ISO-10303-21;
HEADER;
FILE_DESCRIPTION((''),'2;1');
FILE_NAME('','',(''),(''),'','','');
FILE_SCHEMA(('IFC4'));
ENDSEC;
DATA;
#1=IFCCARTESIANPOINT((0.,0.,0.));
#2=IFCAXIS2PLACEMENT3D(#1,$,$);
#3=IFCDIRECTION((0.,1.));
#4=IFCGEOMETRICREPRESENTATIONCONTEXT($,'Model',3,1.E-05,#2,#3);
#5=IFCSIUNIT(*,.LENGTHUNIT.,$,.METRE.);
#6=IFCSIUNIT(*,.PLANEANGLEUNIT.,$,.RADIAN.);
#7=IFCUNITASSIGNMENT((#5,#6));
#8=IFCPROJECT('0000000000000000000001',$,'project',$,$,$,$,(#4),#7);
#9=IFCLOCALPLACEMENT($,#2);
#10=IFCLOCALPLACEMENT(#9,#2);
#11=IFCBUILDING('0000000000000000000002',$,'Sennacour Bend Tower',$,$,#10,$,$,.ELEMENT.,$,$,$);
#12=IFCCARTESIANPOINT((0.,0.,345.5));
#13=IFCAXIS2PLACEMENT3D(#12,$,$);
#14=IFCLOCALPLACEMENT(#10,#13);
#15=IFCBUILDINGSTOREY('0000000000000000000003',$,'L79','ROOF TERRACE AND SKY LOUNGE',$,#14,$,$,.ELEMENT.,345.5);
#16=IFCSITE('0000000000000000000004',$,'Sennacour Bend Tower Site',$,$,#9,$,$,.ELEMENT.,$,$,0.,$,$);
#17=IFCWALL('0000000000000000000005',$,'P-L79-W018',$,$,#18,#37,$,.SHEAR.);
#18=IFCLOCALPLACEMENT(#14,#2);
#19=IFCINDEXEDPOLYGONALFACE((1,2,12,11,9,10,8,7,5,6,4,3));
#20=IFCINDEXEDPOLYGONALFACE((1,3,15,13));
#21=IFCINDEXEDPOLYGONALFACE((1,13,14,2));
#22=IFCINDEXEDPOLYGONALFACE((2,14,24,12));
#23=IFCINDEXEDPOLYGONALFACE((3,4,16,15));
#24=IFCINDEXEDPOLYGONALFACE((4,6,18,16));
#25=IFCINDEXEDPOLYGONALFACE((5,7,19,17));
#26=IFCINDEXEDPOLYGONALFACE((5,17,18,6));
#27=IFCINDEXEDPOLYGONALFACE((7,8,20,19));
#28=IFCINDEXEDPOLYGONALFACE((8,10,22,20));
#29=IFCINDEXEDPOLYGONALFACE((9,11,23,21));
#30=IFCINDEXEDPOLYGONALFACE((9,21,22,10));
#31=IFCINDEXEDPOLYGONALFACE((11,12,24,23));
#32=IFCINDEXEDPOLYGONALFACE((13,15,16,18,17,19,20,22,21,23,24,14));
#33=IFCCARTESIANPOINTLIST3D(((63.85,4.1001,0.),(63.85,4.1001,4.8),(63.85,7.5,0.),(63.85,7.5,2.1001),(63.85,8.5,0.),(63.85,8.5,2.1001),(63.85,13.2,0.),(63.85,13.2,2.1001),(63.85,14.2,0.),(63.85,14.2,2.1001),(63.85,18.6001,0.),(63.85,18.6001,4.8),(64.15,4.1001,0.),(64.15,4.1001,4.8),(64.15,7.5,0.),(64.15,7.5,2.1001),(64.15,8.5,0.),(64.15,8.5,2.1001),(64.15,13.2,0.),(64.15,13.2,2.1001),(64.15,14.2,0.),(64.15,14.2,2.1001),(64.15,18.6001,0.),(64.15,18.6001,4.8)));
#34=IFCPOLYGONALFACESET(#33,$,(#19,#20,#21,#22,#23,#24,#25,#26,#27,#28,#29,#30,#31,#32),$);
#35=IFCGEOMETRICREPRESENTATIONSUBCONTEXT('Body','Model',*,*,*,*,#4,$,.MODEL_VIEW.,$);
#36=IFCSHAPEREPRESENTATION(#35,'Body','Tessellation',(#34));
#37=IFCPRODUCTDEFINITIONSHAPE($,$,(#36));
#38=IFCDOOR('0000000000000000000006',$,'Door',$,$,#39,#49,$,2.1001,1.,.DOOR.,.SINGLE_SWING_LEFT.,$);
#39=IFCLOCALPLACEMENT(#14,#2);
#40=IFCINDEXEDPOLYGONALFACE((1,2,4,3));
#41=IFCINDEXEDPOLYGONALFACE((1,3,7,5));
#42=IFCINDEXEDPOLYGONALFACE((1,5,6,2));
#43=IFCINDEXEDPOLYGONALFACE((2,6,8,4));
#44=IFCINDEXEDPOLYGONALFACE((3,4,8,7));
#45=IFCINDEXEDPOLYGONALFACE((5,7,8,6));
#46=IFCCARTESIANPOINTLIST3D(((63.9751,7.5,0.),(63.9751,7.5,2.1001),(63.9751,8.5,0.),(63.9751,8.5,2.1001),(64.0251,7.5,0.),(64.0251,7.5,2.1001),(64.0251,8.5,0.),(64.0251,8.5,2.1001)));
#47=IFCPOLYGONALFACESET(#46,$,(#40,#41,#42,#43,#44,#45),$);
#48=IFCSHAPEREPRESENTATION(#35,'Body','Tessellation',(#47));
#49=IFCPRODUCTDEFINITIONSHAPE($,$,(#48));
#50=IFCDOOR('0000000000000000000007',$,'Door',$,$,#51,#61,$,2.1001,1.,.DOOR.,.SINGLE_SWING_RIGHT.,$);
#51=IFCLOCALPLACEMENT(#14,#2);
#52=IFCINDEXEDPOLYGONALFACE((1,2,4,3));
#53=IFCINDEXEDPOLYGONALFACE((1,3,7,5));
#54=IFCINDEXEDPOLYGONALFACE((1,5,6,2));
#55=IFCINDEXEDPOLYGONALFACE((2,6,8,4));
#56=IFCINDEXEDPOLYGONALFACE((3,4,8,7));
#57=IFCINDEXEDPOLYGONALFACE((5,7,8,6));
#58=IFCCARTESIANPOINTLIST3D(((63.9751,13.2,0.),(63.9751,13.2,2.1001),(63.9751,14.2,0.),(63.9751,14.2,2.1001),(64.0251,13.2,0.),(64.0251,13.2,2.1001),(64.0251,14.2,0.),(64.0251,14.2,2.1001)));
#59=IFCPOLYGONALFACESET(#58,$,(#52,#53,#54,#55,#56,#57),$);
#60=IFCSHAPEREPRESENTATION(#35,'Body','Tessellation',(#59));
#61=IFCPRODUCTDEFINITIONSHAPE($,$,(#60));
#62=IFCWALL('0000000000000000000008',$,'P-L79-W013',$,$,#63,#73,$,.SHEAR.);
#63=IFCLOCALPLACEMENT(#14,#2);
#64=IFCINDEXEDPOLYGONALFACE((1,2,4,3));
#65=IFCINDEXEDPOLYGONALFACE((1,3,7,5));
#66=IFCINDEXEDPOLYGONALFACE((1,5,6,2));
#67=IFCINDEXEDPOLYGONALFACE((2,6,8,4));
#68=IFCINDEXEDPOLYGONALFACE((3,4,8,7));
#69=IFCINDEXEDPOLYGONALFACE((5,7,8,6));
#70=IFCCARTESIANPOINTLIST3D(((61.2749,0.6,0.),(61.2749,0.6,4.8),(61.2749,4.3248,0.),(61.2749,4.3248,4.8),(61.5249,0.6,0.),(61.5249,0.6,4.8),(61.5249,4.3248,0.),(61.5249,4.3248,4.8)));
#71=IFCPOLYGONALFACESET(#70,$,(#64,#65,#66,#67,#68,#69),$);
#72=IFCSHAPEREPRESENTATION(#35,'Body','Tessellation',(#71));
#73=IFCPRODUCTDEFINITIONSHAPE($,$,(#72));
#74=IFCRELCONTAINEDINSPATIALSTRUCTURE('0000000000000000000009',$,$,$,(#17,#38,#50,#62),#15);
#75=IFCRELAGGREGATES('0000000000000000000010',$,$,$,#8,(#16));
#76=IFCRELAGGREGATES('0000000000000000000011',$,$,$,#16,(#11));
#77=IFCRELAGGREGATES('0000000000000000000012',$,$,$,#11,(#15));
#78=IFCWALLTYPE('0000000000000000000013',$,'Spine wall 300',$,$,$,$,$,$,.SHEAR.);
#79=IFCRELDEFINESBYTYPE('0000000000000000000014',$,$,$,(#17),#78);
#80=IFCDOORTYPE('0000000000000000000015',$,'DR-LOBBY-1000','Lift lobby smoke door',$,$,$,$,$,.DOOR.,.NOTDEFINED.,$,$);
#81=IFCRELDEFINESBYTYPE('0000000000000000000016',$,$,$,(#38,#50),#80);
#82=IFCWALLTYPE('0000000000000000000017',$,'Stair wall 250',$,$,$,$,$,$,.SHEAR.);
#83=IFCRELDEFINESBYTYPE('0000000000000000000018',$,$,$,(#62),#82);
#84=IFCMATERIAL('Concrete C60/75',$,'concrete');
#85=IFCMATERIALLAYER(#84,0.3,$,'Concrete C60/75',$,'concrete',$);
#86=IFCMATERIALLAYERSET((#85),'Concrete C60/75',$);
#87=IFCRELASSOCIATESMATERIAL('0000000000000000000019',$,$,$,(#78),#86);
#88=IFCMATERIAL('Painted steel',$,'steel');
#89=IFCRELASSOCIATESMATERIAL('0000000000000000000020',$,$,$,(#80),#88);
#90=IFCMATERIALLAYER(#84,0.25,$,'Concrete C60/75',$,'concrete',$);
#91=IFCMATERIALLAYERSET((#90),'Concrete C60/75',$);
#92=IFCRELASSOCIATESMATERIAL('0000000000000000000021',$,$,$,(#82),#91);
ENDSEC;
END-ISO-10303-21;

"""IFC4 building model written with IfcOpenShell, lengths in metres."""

from ifc_helpers import new_model, si_unit, direction, frame, frame_2d, origin, place, context, subcontext, project, spatial, rectangle, extrude, material, layer, layer_set, type_object, element, fill, save


model = new_model("IFC4")

# Units and contexts
model_context = context("Model", 3, precision=1e-05, world=origin(), true_north=direction((0.0, 1.0)))
body_context = subcontext(model_context, "Body", "Model", "MODEL_VIEW")
ifc_project = project(units=[si_unit("LENGTHUNIT", "METRE"), si_unit("PLANEANGLEUNIT", "RADIAN")], contexts=[model_context])

# Site, building, storey
site_placement = place(None, origin())
site = spatial("IfcSite", under=ifc_project, at=site_placement, Name="Sennacour Bend Tower Site", CompositionType="ELEMENT", RefElevation=0.0)
building_placement = place(site_placement, origin())
building = spatial("IfcBuilding", under=site, at=building_placement, Name="Sennacour Bend Tower", CompositionType="ELEMENT")
storey_placement = place(building_placement, frame((0.0, 0.0, 345.5)))
storey = spatial("IfcBuildingStorey", under=building, at=storey_placement, Name="L79", Description="ROOF TERRACE AND SKY LOUNGE", CompositionType="ELEMENT", Elevation=345.5)

# Shared definitions
ifc_material_1 = material(Name="Painted steel", Category="steel")

# Wall, openings, doors
ifc_material_2 = material(Name="Concrete C60/75", Category="concrete")
ifc_layer_1 = layer(ifc_material_2, 0.3, Name="Concrete C60/75", Category="concrete")
ifc_layer_set_1 = layer_set([ifc_layer_1], Name="Concrete C60/75")
wall_type_1 = type_object("IfcWallType", Name="Spine wall 300", PredefinedType="SHEAR", material=ifc_layer_set_1)
wall_1_placement = place(storey_placement, frame((64.0, 4.1001, 0.0), z_axis=(0.0, 0.0, 1.0), x_axis=(0.0, 1.0, 0.0)))
wall_1 = element("IfcWall", 1, at=wall_1_placement, inside=storey, type_object=wall_type_1, Name="P-L79-W018", PredefinedType="SHEAR", context=body_context, shape_type="SweptSolid", body=[
    extrude(rectangle(XDim=14.5, YDim=0.3, at=frame_2d((7.25, 0.0))), origin(), (0.0, 0.0, 1.0), 4.8),
])
opening_1_placement = place(wall_1_placement, frame((3.3999, 0.0, 0.0)))
opening_1 = element("IfcOpeningElement", 2, at=opening_1_placement, cuts=wall_1, PredefinedType="OPENING", context=body_context, shape_type="SweptSolid", body=[
    extrude(rectangle(XDim=1.0, YDim=2.1001, at=frame_2d((0.5, 1.05))), frame((0.0, 0.1602, 0.0), z_axis=(0.0, -1.0, 0.0), x_axis=(1.0, 0.0, 0.0)), (0.0, 0.0, 1.0), 0.3201),
])
opening_2_placement = place(wall_1_placement, frame((9.0999, 0.0, 0.0)))
opening_2 = element("IfcOpeningElement", 3, at=opening_2_placement, cuts=wall_1, PredefinedType="OPENING", context=body_context, shape_type="SweptSolid", body=[
    extrude(rectangle(XDim=1.0, YDim=2.1001, at=frame_2d((0.5, 1.05))), frame((0.0, 0.1602, 0.0), z_axis=(0.0, -1.0, 0.0), x_axis=(1.0, 0.0, 0.0)), (0.0, 0.0, 1.0), 0.3201),
])
door_type_1 = type_object("IfcDoorType", Name="DR-LOBBY-1000", Description="Lift lobby smoke door", OperationType="NOTDEFINED", PredefinedType="DOOR", material=ifc_material_1)
door_1_placement = place(opening_1_placement, origin())
door_1 = element("IfcDoor", 4, at=door_1_placement, inside=storey, type_object=door_type_1, Name="Door", OperationType="SINGLE_SWING_LEFT", OverallHeight=2.1001, OverallWidth=1.0, PredefinedType="DOOR", context=body_context, shape_type="SweptSolid", body=[
    extrude(rectangle(XDim=1.0, YDim=2.1001, at=frame_2d((0.5, 1.05))), frame((0.0, 0.0249, 0.0), z_axis=(0.0, -1.0, 0.0), x_axis=(1.0, 0.0, 0.0)), (0.0, 0.0, 1.0), 0.05),
])
fill(opening_1, door_1)
door_2_placement = place(opening_2_placement, origin())
door_2 = element("IfcDoor", 5, at=door_2_placement, inside=storey, type_object=door_type_1, Name="Door", OperationType="SINGLE_SWING_RIGHT", OverallHeight=2.1001, OverallWidth=1.0, PredefinedType="DOOR", context=body_context, shape_type="SweptSolid", body=[
    extrude(rectangle(XDim=1.0, YDim=2.1001, at=frame_2d((0.5, 1.05))), frame((0.0, 0.0249, 0.0), z_axis=(0.0, -1.0, 0.0), x_axis=(1.0, 0.0, 0.0)), (0.0, 0.0, 1.0), 0.05),
])
fill(opening_2, door_2)

# Wall
ifc_layer_2 = layer(ifc_material_2, 0.25, Name="Concrete C60/75", Category="concrete")
ifc_layer_set_2 = layer_set([ifc_layer_2], Name="Concrete C60/75")
wall_type_2 = type_object("IfcWallType", Name="Stair wall 250", PredefinedType="SHEAR", material=ifc_layer_set_2)
wall_2_placement = place(storey_placement, frame((61.3999, 0.6001, 0.0), z_axis=(0.0, 0.0, 1.0), x_axis=(0.0, 1.0, 0.0)))
element("IfcWall", 6, at=wall_2_placement, inside=storey, type_object=wall_type_2, Name="P-L79-W013", PredefinedType="SHEAR", context=body_context, shape_type="SweptSolid", body=[
    extrude(rectangle(XDim=3.7249, YDim=0.25, at=frame_2d((1.8623, 0.0))), origin(), (0.0, 0.0, 1.0), 4.8),
])

save(model, "model.ifc")
